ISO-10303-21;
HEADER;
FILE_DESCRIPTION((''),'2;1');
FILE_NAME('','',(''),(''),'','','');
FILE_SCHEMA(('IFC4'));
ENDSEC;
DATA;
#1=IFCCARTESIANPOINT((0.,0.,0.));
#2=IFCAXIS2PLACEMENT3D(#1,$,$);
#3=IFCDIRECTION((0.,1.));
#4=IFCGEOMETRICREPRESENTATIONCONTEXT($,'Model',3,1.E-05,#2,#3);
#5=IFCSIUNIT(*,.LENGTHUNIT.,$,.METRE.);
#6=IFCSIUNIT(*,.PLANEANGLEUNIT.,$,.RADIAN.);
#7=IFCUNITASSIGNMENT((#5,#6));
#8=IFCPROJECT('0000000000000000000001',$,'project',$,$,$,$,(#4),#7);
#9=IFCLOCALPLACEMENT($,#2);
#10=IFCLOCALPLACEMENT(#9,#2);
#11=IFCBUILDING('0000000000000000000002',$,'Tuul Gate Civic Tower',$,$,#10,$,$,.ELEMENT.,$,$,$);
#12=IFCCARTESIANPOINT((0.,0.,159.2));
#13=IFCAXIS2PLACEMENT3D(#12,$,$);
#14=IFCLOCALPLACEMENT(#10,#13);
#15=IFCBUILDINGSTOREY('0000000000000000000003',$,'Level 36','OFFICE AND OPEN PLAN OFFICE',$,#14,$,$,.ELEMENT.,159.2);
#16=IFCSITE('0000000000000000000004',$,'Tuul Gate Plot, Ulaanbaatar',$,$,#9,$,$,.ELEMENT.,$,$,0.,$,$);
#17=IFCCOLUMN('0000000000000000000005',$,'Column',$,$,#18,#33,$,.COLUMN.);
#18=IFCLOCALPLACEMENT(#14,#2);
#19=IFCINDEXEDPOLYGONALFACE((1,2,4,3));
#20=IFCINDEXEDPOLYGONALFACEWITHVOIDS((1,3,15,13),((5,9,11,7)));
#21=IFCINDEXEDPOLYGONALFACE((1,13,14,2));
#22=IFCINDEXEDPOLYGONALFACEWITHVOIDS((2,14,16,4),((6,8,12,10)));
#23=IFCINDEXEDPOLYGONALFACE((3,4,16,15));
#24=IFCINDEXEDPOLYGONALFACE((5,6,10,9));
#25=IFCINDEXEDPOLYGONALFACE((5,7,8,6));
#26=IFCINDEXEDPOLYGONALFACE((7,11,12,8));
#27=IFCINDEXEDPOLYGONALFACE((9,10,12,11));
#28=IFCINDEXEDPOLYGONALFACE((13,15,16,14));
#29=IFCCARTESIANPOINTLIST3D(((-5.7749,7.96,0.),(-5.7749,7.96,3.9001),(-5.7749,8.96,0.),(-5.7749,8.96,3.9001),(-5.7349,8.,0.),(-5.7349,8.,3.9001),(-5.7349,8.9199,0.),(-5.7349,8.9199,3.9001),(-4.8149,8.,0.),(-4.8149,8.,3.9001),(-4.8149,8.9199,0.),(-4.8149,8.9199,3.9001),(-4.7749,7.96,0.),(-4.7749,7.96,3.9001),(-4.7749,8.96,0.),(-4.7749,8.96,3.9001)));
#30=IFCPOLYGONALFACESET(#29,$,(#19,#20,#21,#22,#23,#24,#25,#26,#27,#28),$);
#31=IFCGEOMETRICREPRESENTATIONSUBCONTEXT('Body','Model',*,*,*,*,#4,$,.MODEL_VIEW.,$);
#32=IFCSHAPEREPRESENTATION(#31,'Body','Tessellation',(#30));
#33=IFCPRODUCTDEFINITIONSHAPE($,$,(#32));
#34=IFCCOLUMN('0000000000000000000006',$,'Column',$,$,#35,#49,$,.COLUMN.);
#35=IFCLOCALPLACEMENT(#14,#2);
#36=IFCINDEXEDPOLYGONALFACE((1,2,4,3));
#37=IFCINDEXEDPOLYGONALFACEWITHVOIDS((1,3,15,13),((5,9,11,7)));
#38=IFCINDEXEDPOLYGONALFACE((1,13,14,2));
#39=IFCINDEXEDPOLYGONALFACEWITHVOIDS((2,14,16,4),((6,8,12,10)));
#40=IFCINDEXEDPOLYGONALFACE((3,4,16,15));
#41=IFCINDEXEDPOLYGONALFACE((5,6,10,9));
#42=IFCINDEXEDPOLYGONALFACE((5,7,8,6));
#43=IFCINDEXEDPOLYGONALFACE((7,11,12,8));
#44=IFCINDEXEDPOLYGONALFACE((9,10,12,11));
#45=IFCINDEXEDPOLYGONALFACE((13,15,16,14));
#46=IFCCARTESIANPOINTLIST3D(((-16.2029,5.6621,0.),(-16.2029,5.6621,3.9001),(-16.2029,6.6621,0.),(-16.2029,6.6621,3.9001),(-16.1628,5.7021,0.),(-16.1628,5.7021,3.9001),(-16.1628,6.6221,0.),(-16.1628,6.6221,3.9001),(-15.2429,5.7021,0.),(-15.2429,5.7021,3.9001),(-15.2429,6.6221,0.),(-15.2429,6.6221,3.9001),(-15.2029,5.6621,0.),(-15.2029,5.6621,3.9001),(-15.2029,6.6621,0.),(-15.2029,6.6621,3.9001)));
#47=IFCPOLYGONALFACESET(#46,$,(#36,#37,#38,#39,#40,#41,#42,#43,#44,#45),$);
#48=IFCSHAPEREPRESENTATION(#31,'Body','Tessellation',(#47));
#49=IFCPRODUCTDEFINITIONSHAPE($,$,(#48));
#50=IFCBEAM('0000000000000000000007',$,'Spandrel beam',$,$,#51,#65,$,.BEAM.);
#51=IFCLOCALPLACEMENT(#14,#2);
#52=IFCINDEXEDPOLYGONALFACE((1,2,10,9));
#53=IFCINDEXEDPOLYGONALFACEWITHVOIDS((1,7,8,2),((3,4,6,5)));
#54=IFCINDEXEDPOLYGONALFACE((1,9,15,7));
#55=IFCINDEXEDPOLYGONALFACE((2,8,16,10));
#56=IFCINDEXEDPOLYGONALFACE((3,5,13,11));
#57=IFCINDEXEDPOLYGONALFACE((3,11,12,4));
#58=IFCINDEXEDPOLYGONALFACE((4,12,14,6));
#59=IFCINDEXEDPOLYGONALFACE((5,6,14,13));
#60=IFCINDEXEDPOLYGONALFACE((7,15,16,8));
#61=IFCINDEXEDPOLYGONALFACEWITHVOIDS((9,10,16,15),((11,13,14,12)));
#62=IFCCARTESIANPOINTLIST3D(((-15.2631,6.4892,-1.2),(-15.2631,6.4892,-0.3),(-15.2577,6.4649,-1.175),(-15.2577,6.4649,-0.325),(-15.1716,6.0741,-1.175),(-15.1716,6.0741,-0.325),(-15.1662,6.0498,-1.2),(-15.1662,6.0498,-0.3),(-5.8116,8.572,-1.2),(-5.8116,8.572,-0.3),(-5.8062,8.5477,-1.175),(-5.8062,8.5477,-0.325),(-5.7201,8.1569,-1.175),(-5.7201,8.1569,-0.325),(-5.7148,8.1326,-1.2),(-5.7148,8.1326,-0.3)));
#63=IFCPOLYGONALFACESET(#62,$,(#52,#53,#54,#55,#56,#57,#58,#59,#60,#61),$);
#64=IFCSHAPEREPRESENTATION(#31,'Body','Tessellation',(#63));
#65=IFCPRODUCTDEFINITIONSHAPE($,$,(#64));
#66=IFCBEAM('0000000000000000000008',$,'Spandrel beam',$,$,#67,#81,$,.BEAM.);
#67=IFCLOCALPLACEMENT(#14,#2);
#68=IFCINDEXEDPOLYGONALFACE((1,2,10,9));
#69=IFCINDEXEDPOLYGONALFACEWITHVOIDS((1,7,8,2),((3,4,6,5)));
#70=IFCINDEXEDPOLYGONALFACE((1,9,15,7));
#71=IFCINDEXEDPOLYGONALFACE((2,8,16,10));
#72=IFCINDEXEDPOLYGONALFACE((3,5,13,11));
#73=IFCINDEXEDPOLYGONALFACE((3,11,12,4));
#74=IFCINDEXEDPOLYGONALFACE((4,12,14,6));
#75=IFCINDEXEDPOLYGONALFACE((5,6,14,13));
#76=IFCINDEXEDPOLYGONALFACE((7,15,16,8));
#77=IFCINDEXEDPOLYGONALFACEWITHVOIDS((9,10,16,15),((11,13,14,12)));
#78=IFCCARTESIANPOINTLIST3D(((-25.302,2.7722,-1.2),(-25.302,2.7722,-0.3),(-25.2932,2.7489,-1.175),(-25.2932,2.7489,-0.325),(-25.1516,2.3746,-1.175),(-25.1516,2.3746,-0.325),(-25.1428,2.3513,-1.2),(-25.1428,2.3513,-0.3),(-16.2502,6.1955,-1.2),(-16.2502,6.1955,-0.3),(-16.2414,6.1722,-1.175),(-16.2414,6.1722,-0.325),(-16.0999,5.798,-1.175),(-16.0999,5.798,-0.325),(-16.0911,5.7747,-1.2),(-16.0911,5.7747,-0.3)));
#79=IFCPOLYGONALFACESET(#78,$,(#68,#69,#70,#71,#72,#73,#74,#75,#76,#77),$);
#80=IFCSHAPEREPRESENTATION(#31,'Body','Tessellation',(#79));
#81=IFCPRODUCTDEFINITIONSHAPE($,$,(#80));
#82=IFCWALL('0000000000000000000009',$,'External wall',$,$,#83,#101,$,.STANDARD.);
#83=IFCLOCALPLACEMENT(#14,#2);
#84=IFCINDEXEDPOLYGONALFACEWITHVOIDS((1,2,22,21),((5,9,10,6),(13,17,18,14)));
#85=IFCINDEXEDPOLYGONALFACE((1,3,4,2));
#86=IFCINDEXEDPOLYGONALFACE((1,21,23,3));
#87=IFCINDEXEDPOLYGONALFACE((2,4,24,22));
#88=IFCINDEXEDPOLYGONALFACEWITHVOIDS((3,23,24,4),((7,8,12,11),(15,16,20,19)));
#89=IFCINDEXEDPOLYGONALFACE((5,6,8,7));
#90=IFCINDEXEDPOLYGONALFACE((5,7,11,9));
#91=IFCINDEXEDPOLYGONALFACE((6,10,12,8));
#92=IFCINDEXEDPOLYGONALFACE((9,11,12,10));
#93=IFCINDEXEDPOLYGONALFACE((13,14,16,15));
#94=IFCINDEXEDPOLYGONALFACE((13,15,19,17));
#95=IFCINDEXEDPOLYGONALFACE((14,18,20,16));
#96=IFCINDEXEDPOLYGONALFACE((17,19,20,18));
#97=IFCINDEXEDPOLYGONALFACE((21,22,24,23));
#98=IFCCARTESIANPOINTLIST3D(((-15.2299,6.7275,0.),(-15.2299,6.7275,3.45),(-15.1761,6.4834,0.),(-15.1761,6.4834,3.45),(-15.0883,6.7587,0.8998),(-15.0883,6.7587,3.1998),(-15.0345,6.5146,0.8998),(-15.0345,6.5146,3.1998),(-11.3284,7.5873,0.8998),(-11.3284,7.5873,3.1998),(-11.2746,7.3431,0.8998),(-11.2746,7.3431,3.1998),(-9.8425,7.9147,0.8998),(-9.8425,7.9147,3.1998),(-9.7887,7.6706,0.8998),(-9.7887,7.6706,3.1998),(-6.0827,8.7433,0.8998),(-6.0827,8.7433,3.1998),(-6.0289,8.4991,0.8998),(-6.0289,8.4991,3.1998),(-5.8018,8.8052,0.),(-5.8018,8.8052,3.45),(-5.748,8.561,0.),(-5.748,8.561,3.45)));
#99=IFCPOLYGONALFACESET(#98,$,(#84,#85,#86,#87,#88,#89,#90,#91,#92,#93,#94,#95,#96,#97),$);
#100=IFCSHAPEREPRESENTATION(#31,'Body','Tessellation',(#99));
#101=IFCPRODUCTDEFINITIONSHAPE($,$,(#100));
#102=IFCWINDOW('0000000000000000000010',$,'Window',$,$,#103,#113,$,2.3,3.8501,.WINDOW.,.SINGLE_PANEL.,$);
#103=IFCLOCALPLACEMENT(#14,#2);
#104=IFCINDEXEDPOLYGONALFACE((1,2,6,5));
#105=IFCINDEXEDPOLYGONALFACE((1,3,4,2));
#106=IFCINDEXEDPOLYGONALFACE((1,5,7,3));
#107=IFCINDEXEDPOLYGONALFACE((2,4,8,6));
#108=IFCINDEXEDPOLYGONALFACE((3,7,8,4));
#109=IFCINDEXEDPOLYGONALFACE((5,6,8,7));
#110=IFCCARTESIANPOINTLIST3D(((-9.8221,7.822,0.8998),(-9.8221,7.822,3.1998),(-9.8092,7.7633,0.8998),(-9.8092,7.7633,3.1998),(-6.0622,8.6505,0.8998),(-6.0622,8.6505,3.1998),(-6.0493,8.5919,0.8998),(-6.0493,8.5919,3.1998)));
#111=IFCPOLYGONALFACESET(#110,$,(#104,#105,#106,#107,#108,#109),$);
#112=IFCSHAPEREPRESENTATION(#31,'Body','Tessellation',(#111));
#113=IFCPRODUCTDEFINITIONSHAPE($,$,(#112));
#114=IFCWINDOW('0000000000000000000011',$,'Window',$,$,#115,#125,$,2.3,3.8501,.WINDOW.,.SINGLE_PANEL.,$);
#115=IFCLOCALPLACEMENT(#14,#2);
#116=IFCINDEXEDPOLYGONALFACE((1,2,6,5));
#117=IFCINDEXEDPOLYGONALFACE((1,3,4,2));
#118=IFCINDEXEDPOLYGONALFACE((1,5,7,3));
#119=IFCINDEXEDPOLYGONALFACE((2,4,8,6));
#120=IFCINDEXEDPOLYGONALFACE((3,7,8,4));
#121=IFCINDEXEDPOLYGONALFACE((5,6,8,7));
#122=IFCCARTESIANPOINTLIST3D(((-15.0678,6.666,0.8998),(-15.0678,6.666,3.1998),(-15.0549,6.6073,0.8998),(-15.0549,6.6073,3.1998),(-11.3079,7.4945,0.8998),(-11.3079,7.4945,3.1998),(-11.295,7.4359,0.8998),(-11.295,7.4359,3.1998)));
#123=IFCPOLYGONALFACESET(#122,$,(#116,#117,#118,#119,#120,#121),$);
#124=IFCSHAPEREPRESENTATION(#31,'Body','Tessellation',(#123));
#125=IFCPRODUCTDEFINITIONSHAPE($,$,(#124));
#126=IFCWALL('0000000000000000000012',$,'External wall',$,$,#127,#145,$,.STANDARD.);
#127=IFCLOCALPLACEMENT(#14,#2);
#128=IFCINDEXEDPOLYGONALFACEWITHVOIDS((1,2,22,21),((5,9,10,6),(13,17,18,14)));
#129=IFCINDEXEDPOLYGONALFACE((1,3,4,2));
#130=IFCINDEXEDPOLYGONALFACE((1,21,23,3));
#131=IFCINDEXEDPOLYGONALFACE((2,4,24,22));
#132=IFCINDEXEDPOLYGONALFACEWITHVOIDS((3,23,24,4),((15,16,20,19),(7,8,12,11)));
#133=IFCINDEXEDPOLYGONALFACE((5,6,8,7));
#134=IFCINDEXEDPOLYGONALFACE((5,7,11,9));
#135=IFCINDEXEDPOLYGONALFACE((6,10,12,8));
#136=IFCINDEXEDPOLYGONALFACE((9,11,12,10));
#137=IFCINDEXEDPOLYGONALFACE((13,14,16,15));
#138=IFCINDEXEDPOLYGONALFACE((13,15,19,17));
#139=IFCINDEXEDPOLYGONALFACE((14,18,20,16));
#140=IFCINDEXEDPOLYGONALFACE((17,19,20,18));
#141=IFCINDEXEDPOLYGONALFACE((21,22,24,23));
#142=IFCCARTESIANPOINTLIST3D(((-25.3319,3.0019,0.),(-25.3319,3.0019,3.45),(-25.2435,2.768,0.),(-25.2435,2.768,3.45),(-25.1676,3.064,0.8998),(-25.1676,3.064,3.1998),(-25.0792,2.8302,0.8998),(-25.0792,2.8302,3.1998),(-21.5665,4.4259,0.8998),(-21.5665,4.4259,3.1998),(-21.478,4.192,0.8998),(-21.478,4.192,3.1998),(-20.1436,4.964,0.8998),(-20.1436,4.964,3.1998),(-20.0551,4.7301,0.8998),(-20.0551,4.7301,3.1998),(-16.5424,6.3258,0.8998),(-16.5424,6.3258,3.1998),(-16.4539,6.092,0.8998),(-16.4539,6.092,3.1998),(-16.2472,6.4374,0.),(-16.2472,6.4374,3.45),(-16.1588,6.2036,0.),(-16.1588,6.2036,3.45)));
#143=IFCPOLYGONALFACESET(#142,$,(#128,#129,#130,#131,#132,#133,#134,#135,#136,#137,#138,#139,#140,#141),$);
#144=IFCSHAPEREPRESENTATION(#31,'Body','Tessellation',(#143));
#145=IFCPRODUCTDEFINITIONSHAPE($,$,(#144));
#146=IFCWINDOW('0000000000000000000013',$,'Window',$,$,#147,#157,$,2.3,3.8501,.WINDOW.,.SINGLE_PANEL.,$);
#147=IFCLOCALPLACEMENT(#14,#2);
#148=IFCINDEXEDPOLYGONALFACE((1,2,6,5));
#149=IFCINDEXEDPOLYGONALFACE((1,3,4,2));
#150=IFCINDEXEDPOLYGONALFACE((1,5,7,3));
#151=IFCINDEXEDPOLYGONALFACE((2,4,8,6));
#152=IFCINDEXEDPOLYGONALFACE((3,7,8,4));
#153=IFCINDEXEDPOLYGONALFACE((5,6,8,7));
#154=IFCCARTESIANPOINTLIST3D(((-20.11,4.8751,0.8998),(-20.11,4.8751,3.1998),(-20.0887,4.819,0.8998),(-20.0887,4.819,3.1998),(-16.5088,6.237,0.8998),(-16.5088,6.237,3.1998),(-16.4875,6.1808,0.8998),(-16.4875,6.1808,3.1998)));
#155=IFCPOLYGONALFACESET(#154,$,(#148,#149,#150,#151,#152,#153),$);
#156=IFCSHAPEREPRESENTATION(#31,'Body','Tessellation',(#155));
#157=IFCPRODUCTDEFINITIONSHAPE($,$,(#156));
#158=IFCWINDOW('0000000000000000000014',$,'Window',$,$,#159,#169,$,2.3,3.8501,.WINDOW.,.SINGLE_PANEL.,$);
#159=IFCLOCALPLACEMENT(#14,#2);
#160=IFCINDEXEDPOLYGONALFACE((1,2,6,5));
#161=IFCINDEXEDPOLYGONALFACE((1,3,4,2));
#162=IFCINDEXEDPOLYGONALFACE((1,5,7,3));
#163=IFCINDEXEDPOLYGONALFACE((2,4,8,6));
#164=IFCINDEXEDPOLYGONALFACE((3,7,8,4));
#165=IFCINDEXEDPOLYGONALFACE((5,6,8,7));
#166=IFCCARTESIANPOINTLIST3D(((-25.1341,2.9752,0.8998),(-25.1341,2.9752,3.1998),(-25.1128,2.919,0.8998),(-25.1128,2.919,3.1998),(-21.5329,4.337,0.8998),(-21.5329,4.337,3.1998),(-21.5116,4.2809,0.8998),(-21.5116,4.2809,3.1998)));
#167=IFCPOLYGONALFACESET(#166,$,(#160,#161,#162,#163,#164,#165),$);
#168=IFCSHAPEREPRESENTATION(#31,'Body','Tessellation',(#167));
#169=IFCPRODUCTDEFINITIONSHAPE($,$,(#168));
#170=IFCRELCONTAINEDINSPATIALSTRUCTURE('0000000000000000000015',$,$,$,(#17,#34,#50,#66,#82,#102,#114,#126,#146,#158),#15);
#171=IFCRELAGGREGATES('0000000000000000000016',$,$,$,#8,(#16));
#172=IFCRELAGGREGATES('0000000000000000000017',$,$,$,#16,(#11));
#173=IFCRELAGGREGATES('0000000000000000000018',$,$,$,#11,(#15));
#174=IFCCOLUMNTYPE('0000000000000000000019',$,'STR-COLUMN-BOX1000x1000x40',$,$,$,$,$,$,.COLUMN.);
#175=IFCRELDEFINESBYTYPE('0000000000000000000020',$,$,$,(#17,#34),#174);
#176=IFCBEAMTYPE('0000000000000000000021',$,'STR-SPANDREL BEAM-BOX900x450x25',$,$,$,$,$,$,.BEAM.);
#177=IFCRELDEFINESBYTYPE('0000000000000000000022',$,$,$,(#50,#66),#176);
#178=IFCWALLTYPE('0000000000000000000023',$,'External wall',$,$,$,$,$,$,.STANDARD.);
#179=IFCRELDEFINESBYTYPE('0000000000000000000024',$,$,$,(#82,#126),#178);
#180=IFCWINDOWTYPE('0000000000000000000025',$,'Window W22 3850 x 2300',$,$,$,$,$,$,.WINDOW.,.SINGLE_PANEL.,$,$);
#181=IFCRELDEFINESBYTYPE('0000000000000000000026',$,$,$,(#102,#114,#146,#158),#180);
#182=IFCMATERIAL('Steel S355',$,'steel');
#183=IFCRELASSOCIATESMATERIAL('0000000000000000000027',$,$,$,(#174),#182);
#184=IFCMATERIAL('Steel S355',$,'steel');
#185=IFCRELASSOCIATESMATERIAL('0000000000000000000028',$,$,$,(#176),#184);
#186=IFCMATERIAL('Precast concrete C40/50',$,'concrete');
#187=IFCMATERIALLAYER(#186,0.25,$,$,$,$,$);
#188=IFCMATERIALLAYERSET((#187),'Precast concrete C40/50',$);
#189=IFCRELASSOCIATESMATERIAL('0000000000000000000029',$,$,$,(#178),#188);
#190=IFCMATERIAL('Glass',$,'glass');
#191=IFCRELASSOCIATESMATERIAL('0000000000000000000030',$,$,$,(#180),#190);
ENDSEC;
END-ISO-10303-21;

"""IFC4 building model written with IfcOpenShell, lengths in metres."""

from ifc_helpers import new_model, si_unit, direction, frame, frame_2d, origin, origin_2d, place, context, subcontext, project, spatial, rectangle, hollow_rectangle, extrude, material, layer, layer_set, material_profile, profile_set, type_object, element, fill, save


model = new_model("IFC4")

# Units and contexts
model_context = context("Model", 3, precision=1e-05, world=origin(), true_north=direction((0.0, 1.0)))
body_context = subcontext(model_context, "Body", "Model", "MODEL_VIEW")
ifc_project = project(units=[si_unit("LENGTHUNIT", "METRE"), si_unit("PLANEANGLEUNIT", "RADIAN")], contexts=[model_context])

# Site, building, storey
site_placement = place(None, origin())
site = spatial("IfcSite", under=ifc_project, at=site_placement, Name="Tuul Gate Plot, Ulaanbaatar", CompositionType="ELEMENT", RefElevation=0.0)
building_placement = place(site_placement, origin())
building = spatial("IfcBuilding", under=site, at=building_placement, Name="Tuul Gate Civic Tower", CompositionType="ELEMENT")
storey_placement = place(building_placement, frame((0.0, 0.0, 159.2)))
storey = spatial("IfcBuildingStorey", under=building, at=storey_placement, Name="Level 36", Description="OFFICE AND OPEN PLAN OFFICE", CompositionType="ELEMENT", Elevation=159.2)

# Columns
ifc_material_1 = material(Name="Steel S355", Category="steel")
ifc_material_profile_1 = material_profile(ifc_material_1, hollow_rectangle(XDim=1.0, YDim=1.0, WallThickness=0.04, at=origin_2d()), Name="BOX1000x1000x40")
ifc_profile_set_1 = profile_set([ifc_material_profile_1], Name="Steel S355")
column_type = type_object("IfcColumnType", Name="STR-COLUMN-BOX1000x1000x40", PredefinedType="COLUMN", material=ifc_profile_set_1)
for number, where, z_axis, x_axis, name in (
    (1, (-5.2749, 8.46, 0.0), (0.0, 0.0, 1.0), (1.0, 0.0, 0.0), "Column"),
    (2, (-15.7029, 6.1621, 0.0), (0.0, 0.0, 1.0), (1.0, 0.0, 0.0), "Column"),
):
    element("IfcColumn", number, at=place(storey_placement, frame(where, z_axis=z_axis, x_axis=x_axis)), inside=storey, type_object=column_type, Name=name, PredefinedType="COLUMN", context=body_context, shape_type="SweptSolid", body=[
        extrude(hollow_rectangle(XDim=1.0, YDim=1.0, WallThickness=0.04, at=origin_2d()), origin(), (0.0, 0.0, 1.0), 3.9001),
    ])

# Beams
ifc_material_2 = material(Name="Steel S355", Category="steel")
ifc_material_profile_2 = material_profile(ifc_material_2, hollow_rectangle(XDim=0.45, YDim=0.8999, WallThickness=0.0249, at=origin_2d()), Name="BOX900x450x25")
ifc_profile_set_2 = profile_set([ifc_material_profile_2], Name="Steel S355")
beam_type = type_object("IfcBeamType", Name="STR-SPANDREL BEAM-BOX900x450x25", PredefinedType="BEAM", material=ifc_profile_set_2)
beam_1_placement = place(storey_placement, frame((-5.7632, 8.3523, -0.75), z_axis=(-0.97657, -0.215202, 0.0), x_axis=(0.215202, -0.97657, 0.0)))
element("IfcBeam", 3, at=beam_1_placement, inside=storey, type_object=beam_type, Name="Spandrel beam", PredefinedType="BEAM", context=body_context, shape_type="SweptSolid", body=[
    extrude(hollow_rectangle(XDim=0.45, YDim=0.8999, WallThickness=0.0249, at=origin_2d()), origin(), (0.0, 0.0, 1.0), 9.6782),
])
beam_2_placement = place(storey_placement, frame((-16.1707, 5.9851, -0.75), z_axis=(-0.935343, -0.353743, 0.0), x_axis=(0.353743, -0.935343, 0.0)))
element("IfcBeam", 4, at=beam_2_placement, inside=storey, type_object=beam_type, Name="Spandrel beam", PredefinedType="BEAM", context=body_context, shape_type="SweptSolid", body=[
    extrude(hollow_rectangle(XDim=0.45, YDim=0.8999, WallThickness=0.0249, at=origin_2d()), origin(), (0.0, 0.0, 1.0), 9.6775),
])

# Walls, openings, windows
ifc_material_3 = material(Name="Precast concrete C40/50", Category="concrete")
ifc_layer_1 = layer(ifc_material_3, 0.25)
ifc_layer_set_1 = layer_set([ifc_layer_1], Name="Precast concrete C40/50")
wall_type_1 = type_object("IfcWallType", Name="External wall", PredefinedType="STANDARD", material=ifc_layer_set_1)
wall_1_placement = place(storey_placement, frame((-5.7749, 8.6831, 0.0), z_axis=(0.0, 0.0, 1.0), x_axis=(-0.976569, -0.215206, 0.0)))
wall_1 = element("IfcWall", 5, at=wall_1_placement, inside=storey, type_object=wall_type_1, Name="External wall", PredefinedType="STANDARD", context=body_context, shape_type="SweptSolid", body=[
    extrude(rectangle(XDim=9.6543, YDim=0.25, at=frame_2d((4.8271, 0.0))), origin(), (0.0, 0.0, 1.0), 3.45),
])
opening_1_placement = place(wall_1_placement, frame((0.2876, 0.0, 0.8999)))
opening_1 = element("IfcOpeningElement", 6, at=opening_1_placement, cuts=wall_1, PredefinedType="OPENING", context=body_context, shape_type="SweptSolid", body=[
    extrude(rectangle(XDim=3.8501, YDim=2.3, at=frame_2d((1.925, 1.1499))), frame((0.0, 0.135, 0.0), z_axis=(0.0, -1.0, 0.0), x_axis=(1.0, 0.0, 0.0)), (0.0, 0.0, 1.0), 0.27),
])
opening_2_placement = place(wall_1_placement, frame((5.6592, 0.0, 0.8999)))
opening_2 = element("IfcOpeningElement", 7, at=opening_2_placement, cuts=wall_1, PredefinedType="OPENING", context=body_context, shape_type="SweptSolid", body=[
    extrude(rectangle(XDim=3.8501, YDim=2.3, at=frame_2d((1.925, 1.1499))), frame((0.0, 0.135, 0.0), z_axis=(0.0, -1.0, 0.0), x_axis=(1.0, 0.0, 0.0)), (0.0, 0.0, 1.0), 0.27),
])
ifc_material_4 = material(Name="Glass", Category="glass")
window_type = type_object("IfcWindowType", Name="Window W22 3850 x 2300", PartitioningType="SINGLE_PANEL", PredefinedType="WINDOW", material=ifc_material_4)
window_1_placement = place(opening_1_placement, origin())
window_1 = element("IfcWindow", 8, at=window_1_placement, inside=storey, type_object=window_type, Name="Window", OverallHeight=2.3, OverallWidth=3.8501, PartitioningType="SINGLE_PANEL", PredefinedType="WINDOW", context=body_context, shape_type="SweptSolid", body=[
    extrude(rectangle(XDim=3.8501, YDim=2.3, at=frame_2d((1.925, 1.1499))), frame((0.0, 0.03, 0.0), z_axis=(0.0, -1.0, 0.0), x_axis=(1.0, 0.0, 0.0)), (0.0, 0.0, 1.0), 0.0601),
])
fill(opening_1, window_1)
window_2_placement = place(opening_2_placement, origin())
window_2 = element("IfcWindow", 9, at=window_2_placement, inside=storey, type_object=window_type, Name="Window", OverallHeight=2.3, OverallWidth=3.8501, PartitioningType="SINGLE_PANEL", PredefinedType="WINDOW", context=body_context, shape_type="SweptSolid", body=[
    extrude(rectangle(XDim=3.8501, YDim=2.3, at=frame_2d((1.925, 1.1499))), frame((0.0, 0.03, 0.0), z_axis=(0.0, -1.0, 0.0), x_axis=(1.0, 0.0, 0.0)), (0.0, 0.0, 1.0), 0.0601),
])
fill(opening_2, window_2)
wall_2_placement = place(storey_placement, frame((-16.2029, 6.3206, 0.0), z_axis=(0.0, 0.0, 1.0), x_axis=(-0.935351, -0.35372, 0.0)))
wall_2 = element("IfcWall", 10, at=wall_2_placement, inside=storey, type_object=wall_type_1, Name="External wall", PredefinedType="STANDARD", context=body_context, shape_type="SweptSolid", body=[
    extrude(rectangle(XDim=9.7126, YDim=0.25, at=frame_2d((4.8564, 0.0))), origin(), (0.0, 0.0, 1.0), 3.45),
])
opening_3_placement = place(wall_2_placement, frame((0.3157, 0.0, 0.8999)))
opening_3 = element("IfcOpeningElement", 11, at=opening_3_placement, cuts=wall_2, PredefinedType="OPENING", context=body_context, shape_type="SweptSolid", body=[
    extrude(rectangle(XDim=3.8501, YDim=2.3, at=frame_2d((1.925, 1.1499))), frame((0.0, 0.135, 0.0), z_axis=(0.0, -1.0, 0.0), x_axis=(1.0, 0.0, 0.0)), (0.0, 0.0, 1.0), 0.27),
])
opening_4_placement = place(wall_2_placement, frame((5.687, 0.0, 0.8999)))
opening_4 = element("IfcOpeningElement", 12, at=opening_4_placement, cuts=wall_2, PredefinedType="OPENING", context=body_context, shape_type="SweptSolid", body=[
    extrude(rectangle(XDim=3.8501, YDim=2.3, at=frame_2d((1.925, 1.1499))), frame((0.0, 0.135, 0.0), z_axis=(0.0, -1.0, 0.0), x_axis=(1.0, 0.0, 0.0)), (0.0, 0.0, 1.0), 0.27),
])
window_3_placement = place(opening_3_placement, origin())
window_3 = element("IfcWindow", 13, at=window_3_placement, inside=storey, type_object=window_type, Name="Window", OverallHeight=2.3, OverallWidth=3.8501, PartitioningType="SINGLE_PANEL", PredefinedType="WINDOW", context=body_context, shape_type="SweptSolid", body=[
    extrude(rectangle(XDim=3.8501, YDim=2.3, at=frame_2d((1.925, 1.1499))), frame((0.0, 0.03, 0.0), z_axis=(0.0, -1.0, 0.0), x_axis=(1.0, 0.0, 0.0)), (0.0, 0.0, 1.0), 0.0601),
])
fill(opening_3, window_3)
window_4_placement = place(opening_4_placement, origin())
window_4 = element("IfcWindow", 14, at=window_4_placement, inside=storey, type_object=window_type, Name="Window", OverallHeight=2.3, OverallWidth=3.8501, PartitioningType="SINGLE_PANEL", PredefinedType="WINDOW", context=body_context, shape_type="SweptSolid", body=[
    extrude(rectangle(XDim=3.8501, YDim=2.3, at=frame_2d((1.925, 1.1499))), frame((0.0, 0.03, 0.0), z_axis=(0.0, -1.0, 0.0), x_axis=(1.0, 0.0, 0.0)), (0.0, 0.0, 1.0), 0.0601),
])
fill(opening_4, window_4)

save(model, "model.ifc")
